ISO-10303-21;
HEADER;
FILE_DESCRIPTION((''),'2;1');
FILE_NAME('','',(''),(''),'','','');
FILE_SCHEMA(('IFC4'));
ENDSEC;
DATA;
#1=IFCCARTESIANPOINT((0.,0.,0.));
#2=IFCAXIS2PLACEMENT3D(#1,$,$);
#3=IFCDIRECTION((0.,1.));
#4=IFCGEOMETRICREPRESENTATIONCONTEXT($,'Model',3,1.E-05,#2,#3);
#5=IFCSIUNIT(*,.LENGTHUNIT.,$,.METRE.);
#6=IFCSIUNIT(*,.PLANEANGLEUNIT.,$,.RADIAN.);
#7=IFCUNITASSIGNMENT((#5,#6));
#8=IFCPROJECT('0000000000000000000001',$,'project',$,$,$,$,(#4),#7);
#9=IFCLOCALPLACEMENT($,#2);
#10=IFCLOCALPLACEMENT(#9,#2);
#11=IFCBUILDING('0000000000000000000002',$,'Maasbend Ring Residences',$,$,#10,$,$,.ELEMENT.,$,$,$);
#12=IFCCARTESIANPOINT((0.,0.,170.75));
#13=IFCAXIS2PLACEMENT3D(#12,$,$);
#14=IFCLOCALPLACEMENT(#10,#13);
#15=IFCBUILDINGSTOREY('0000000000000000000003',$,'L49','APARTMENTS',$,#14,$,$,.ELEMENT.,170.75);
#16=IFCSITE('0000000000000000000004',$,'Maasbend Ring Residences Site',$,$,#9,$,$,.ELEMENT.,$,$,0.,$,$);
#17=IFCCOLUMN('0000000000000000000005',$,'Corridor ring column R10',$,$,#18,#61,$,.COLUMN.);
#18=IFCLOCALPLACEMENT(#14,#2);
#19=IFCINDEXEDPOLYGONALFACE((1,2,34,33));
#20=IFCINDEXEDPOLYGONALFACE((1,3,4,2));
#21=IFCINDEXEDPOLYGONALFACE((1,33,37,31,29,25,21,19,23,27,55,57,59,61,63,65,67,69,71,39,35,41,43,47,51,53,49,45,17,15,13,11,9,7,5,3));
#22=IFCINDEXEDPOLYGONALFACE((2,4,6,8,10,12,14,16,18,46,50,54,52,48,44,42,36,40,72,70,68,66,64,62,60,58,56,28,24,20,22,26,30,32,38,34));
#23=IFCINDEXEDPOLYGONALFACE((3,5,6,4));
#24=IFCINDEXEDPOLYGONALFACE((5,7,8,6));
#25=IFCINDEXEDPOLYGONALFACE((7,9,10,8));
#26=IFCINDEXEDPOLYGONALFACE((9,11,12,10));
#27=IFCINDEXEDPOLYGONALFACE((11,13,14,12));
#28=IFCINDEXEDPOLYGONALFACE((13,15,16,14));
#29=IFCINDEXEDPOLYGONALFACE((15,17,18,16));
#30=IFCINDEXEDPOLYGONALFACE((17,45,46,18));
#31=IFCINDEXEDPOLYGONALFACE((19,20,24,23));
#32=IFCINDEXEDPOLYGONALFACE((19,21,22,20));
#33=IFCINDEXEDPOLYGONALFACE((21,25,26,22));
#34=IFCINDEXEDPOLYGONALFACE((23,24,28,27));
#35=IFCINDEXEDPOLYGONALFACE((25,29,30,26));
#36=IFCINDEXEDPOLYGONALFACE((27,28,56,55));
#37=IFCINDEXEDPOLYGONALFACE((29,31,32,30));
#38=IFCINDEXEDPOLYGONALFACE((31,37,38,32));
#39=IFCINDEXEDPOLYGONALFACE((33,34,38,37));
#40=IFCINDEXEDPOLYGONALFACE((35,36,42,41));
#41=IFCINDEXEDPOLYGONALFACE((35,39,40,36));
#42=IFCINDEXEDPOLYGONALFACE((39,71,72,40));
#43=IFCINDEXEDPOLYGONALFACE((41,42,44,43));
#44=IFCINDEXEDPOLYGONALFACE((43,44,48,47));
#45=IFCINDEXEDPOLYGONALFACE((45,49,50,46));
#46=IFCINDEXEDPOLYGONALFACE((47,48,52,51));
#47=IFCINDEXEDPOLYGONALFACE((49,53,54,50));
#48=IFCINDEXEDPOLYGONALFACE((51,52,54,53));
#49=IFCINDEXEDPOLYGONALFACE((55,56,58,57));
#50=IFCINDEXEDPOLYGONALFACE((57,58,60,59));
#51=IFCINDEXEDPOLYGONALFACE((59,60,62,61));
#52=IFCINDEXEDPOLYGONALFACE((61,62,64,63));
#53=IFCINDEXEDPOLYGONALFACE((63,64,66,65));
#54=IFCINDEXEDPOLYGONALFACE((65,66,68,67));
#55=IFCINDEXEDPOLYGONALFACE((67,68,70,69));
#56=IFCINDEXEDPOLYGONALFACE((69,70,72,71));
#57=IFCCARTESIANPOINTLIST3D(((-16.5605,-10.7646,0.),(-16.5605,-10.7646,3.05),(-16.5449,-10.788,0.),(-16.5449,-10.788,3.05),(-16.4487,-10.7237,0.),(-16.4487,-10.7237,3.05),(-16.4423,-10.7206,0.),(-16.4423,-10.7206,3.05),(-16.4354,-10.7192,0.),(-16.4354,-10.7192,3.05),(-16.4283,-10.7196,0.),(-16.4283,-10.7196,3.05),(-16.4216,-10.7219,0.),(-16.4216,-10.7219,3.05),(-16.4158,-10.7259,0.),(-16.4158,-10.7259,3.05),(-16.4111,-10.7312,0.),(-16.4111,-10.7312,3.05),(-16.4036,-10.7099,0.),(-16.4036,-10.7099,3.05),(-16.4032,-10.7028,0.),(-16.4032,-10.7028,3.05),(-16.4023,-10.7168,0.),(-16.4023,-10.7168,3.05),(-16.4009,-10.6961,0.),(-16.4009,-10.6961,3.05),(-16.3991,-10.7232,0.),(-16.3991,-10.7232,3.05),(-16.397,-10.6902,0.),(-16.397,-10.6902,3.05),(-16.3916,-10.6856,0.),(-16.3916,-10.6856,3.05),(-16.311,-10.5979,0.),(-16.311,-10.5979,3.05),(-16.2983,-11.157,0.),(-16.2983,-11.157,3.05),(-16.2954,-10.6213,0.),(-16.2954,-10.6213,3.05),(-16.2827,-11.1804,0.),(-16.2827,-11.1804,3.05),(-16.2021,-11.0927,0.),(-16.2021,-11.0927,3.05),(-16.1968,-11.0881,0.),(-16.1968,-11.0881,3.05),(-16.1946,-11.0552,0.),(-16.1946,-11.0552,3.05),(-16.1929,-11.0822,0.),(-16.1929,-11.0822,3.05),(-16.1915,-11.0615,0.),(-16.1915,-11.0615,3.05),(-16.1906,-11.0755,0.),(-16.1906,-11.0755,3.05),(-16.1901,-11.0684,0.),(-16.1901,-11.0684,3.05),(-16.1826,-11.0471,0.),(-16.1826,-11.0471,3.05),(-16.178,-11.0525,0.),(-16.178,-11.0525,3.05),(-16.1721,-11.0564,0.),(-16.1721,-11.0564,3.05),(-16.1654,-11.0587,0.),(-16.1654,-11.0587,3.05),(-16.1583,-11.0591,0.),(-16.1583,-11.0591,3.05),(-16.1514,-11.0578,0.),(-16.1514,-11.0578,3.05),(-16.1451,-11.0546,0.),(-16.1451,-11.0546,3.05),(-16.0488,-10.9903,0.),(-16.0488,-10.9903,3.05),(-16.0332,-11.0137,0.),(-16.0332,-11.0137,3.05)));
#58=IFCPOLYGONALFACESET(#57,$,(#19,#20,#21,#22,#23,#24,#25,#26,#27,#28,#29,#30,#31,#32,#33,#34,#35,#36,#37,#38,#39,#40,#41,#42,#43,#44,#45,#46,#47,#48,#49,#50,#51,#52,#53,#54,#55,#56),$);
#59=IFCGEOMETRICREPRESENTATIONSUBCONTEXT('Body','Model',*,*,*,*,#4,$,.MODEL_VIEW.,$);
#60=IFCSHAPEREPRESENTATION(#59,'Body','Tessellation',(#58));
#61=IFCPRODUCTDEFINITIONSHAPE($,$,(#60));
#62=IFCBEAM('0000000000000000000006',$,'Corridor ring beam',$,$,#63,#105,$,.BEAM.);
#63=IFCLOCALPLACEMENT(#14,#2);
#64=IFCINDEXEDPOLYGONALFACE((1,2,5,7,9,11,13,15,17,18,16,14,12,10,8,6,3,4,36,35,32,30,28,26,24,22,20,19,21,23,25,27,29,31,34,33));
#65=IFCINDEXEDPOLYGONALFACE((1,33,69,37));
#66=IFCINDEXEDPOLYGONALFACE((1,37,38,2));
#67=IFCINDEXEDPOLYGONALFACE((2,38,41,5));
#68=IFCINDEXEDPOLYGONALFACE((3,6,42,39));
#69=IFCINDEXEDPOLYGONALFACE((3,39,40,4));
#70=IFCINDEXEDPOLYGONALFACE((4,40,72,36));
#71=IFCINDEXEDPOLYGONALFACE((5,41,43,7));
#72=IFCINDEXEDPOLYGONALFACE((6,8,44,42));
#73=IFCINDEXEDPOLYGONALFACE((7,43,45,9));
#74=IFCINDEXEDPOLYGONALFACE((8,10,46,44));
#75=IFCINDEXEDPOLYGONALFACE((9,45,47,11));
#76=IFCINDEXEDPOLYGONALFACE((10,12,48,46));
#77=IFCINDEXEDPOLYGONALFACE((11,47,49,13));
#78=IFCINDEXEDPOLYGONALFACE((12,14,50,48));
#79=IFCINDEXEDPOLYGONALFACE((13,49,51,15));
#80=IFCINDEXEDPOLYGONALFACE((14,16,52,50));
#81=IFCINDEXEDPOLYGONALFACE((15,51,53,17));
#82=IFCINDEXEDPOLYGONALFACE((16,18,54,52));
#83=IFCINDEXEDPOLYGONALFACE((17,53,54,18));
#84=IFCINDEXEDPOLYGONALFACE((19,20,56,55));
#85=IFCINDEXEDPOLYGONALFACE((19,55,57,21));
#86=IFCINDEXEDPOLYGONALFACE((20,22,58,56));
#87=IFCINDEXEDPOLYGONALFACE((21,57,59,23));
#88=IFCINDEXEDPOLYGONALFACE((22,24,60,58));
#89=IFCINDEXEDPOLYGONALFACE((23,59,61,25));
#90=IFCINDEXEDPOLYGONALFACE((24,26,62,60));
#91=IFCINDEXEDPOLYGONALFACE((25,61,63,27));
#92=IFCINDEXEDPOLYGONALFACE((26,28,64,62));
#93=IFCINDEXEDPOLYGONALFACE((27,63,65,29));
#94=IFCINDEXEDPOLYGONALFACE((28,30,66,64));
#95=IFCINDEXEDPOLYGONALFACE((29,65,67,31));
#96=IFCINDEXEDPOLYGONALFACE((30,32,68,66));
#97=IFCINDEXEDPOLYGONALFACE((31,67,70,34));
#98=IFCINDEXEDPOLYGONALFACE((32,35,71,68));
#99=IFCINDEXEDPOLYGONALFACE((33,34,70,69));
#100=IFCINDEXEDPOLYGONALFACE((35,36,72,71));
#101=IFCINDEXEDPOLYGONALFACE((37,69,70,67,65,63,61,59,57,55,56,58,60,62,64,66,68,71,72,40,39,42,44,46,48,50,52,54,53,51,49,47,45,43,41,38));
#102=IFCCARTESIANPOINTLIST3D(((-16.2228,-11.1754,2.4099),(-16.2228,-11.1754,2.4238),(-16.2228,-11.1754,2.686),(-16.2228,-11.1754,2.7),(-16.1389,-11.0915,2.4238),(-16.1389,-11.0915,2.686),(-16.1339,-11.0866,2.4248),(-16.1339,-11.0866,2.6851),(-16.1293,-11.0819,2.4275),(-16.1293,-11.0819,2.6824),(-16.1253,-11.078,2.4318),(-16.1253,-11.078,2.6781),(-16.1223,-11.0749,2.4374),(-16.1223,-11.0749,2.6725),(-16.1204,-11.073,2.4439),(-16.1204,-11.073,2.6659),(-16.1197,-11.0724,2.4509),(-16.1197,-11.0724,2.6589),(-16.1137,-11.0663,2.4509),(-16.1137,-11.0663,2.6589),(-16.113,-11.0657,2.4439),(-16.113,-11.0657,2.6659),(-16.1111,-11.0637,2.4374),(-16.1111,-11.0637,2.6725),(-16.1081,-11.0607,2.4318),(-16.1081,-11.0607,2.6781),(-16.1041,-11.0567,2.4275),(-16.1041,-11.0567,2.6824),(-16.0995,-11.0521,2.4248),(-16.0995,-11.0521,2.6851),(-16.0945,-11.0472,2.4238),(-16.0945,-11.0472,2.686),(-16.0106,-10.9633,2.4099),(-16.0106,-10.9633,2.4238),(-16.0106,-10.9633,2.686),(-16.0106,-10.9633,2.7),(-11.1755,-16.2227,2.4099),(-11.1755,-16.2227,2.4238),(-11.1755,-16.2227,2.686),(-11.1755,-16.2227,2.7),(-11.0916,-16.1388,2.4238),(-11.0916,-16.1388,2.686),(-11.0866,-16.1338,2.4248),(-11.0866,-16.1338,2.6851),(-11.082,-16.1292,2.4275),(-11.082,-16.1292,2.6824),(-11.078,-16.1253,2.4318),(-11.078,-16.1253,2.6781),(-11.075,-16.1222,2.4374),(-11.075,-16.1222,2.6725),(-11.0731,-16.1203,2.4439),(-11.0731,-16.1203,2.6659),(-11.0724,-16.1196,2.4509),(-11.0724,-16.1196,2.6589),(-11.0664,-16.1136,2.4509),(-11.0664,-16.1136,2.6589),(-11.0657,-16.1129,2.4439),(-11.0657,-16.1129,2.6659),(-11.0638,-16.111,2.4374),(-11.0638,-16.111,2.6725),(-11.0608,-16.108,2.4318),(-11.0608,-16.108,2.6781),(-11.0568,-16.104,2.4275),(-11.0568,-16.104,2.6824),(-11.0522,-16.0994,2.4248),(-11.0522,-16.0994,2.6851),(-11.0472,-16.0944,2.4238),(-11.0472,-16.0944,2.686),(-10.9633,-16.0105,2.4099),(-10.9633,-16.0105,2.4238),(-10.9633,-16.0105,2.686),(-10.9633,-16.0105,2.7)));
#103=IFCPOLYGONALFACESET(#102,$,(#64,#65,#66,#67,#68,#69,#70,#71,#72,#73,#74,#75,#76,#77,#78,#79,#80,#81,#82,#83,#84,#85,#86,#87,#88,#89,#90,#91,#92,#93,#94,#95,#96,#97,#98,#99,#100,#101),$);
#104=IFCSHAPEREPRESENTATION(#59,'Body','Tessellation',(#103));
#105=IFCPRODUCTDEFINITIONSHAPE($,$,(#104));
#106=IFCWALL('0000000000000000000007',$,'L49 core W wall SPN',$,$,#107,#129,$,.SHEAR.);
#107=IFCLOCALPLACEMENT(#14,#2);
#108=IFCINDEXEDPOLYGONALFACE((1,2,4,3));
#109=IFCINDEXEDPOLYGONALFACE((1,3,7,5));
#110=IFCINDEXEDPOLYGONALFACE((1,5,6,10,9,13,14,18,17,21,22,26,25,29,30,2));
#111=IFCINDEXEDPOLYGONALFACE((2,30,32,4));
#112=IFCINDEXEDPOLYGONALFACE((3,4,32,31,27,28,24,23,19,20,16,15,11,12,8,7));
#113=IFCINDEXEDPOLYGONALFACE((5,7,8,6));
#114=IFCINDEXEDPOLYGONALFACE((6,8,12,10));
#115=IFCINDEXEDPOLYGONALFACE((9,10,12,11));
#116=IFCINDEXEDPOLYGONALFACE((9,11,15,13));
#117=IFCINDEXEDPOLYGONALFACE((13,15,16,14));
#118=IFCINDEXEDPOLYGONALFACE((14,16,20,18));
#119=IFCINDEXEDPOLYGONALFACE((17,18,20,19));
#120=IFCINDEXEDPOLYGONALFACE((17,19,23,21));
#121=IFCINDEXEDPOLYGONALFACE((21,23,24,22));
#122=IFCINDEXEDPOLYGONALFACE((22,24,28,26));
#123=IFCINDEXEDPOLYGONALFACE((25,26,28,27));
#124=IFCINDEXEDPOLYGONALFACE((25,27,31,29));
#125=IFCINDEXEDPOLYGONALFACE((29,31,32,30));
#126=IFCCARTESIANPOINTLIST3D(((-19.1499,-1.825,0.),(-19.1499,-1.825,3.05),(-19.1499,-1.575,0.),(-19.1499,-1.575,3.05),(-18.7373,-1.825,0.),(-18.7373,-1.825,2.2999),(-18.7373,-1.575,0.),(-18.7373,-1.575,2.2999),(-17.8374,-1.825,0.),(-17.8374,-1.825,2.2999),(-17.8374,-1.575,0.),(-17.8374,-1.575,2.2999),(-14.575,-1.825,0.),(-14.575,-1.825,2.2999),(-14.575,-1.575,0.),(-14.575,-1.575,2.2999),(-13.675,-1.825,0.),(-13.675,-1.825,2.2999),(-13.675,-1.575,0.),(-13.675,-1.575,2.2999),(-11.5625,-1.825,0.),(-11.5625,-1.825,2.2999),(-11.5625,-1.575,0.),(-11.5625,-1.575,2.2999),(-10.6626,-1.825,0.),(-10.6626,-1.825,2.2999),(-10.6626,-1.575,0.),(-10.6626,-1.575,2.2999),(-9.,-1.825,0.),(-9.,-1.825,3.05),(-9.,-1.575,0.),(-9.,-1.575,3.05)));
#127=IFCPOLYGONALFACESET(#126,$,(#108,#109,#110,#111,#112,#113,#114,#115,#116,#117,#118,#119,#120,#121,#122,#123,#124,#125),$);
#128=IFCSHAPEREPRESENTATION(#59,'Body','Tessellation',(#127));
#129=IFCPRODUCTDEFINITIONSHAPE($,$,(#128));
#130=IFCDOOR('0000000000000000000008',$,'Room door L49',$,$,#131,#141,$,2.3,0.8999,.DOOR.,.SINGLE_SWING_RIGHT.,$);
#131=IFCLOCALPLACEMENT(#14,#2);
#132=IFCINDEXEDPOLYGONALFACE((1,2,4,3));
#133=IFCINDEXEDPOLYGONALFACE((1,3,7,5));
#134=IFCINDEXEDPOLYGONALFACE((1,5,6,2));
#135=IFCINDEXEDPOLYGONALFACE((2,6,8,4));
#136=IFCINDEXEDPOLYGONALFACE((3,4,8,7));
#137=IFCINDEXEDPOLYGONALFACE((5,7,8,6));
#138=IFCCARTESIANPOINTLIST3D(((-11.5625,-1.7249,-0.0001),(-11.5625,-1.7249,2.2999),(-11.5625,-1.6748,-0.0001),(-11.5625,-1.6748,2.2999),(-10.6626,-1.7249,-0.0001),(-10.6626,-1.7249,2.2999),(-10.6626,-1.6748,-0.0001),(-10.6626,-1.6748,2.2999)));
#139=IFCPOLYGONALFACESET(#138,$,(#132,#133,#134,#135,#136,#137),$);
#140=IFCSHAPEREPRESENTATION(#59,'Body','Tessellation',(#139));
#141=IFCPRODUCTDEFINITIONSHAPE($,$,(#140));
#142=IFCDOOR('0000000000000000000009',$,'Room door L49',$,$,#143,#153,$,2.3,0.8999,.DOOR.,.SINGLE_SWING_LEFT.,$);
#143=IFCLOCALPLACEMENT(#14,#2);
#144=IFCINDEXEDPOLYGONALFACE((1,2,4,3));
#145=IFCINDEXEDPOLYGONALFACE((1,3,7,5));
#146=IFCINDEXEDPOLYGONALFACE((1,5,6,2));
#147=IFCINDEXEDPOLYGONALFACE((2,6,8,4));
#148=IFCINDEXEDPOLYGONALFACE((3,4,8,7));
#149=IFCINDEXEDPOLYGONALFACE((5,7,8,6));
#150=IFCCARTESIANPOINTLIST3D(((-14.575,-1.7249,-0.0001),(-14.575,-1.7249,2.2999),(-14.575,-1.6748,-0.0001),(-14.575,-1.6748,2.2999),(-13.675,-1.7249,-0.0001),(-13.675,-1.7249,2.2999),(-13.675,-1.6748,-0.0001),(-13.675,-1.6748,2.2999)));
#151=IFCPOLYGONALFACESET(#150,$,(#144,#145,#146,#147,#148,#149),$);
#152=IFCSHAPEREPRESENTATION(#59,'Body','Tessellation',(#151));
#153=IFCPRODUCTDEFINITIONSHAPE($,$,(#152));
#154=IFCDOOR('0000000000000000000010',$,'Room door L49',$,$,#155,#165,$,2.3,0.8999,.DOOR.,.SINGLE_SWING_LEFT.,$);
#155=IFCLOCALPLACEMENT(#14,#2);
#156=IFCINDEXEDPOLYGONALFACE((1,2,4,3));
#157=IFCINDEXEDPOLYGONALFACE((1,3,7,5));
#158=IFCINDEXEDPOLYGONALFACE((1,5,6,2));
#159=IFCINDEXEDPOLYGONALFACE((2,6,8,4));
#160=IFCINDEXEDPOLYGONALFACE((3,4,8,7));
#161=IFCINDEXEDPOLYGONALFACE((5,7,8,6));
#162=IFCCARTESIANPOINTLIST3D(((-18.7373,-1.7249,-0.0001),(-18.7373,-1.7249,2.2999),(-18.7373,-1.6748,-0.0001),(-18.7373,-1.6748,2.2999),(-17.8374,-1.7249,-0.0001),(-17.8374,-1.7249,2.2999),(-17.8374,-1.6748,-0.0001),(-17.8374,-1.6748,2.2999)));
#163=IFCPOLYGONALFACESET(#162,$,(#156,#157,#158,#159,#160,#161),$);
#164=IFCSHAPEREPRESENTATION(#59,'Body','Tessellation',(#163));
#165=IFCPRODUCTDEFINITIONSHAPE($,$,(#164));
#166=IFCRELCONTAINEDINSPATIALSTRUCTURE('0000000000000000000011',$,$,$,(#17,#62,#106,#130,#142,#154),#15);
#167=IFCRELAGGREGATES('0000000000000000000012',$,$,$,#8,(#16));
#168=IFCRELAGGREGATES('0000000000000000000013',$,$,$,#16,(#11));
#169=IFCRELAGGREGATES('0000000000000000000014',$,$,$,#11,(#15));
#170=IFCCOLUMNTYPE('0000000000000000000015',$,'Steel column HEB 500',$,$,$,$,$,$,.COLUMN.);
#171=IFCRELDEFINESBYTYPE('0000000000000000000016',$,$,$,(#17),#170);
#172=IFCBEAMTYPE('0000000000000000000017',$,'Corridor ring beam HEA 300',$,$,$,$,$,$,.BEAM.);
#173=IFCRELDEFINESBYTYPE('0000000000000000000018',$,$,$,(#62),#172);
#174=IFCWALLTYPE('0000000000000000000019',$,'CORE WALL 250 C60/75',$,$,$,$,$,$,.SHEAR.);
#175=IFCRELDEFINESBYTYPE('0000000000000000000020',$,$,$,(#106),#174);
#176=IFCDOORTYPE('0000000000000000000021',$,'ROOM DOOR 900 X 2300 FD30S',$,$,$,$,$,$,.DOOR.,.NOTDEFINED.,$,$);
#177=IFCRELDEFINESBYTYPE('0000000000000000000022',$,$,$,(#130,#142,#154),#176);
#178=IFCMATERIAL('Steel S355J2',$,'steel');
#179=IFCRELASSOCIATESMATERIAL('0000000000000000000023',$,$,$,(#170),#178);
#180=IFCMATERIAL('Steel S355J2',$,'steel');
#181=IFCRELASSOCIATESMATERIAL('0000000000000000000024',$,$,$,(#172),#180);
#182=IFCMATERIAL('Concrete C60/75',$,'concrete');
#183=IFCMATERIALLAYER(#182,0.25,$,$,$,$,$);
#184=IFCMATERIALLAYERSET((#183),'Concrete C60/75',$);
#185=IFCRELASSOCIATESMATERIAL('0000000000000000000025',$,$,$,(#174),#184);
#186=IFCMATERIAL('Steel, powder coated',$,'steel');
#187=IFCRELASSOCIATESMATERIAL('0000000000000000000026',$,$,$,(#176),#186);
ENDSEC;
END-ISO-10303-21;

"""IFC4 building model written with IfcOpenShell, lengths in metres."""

from ifc_helpers import new_model, si_unit, direction, frame, frame_2d, origin, origin_2d, place, context, subcontext, project, spatial, rectangle, i_section, extrude, material, layer, layer_set, material_profile, profile_set, type_object, element, fill, save


model = new_model("IFC4")

# Units and contexts
model_context = context("Model", 3, precision=1e-05, world=origin(), true_north=direction((0.0, 1.0)))
body_context = subcontext(model_context, "Body", "Model", "MODEL_VIEW")
ifc_project = project(units=[si_unit("LENGTHUNIT", "METRE"), si_unit("PLANEANGLEUNIT", "RADIAN")], contexts=[model_context])

# Site, building, storey
site_placement = place(None, origin())
site = spatial("IfcSite", under=ifc_project, at=site_placement, Name="Maasbend Ring Residences Site", CompositionType="ELEMENT", RefElevation=0.0)
building_placement = place(site_placement, origin())
building = spatial("IfcBuilding", under=site, at=building_placement, Name="Maasbend Ring Residences", CompositionType="ELEMENT")
storey_placement = place(building_placement, frame((0.0, 0.0, 170.75)))
storey = spatial("IfcBuildingStorey", under=building, at=storey_placement, Name="L49", Description="APARTMENTS", CompositionType="ELEMENT", Elevation=170.75)

# Column
ifc_material_1 = material(Name="Steel S355J2", Category="steel")
ifc_material_profile_1 = material_profile(ifc_material_1, i_section(OverallWidth=0.3, OverallDepth=0.5, WebThickness=0.0144, FlangeThickness=0.0281, FilletRadius=0.0271, at=origin_2d()), Name="HEB 500")
ifc_profile_set_1 = profile_set([ifc_material_profile_1], Name="Steel S355J2")
column_type = type_object("IfcColumnType", Name="Steel column HEB 500", PredefinedType="COLUMN", material=ifc_profile_set_1)
column_placement = place(storey_placement, frame((-16.2969, -10.8892, 0.0), z_axis=(0.0, 0.0, 1.0), x_axis=(-0.83147, -0.55557, 0.0)))
element("IfcColumn", 1, at=column_placement, inside=storey, type_object=column_type, Name="Corridor ring column R10", PredefinedType="COLUMN", context=body_context, shape_type="SweptSolid", body=[
    extrude(i_section(OverallWidth=0.3, OverallDepth=0.5, WebThickness=0.0144, FlangeThickness=0.0281, FilletRadius=0.0271, at=origin_2d()), origin(), (0.0, 0.0, 1.0), 3.05),
])

# Beam
ifc_material_2 = material(Name="Steel S355J2", Category="steel")
ifc_material_profile_2 = material_profile(ifc_material_2, i_section(OverallWidth=0.3, OverallDepth=0.29, WebThickness=0.0085, FlangeThickness=0.0139, FilletRadius=0.0271, at=origin_2d()), Name="HEA 300")
ifc_profile_set_2 = profile_set([ifc_material_profile_2], Name="Steel S355J2")
beam_type = type_object("IfcBeamType", Name="Corridor ring beam HEA 300", PredefinedType="BEAM", material=ifc_profile_set_2)
beam_placement = place(storey_placement, frame((-16.1167, -11.0693, 2.5549), z_axis=(0.707107, -0.707107, 0.0), x_axis=(0.707107, 0.707107, 0.0)))
element("IfcBeam", 2, at=beam_placement, inside=storey, type_object=beam_type, Name="Corridor ring beam", PredefinedType="BEAM", context=body_context, shape_type="SweptSolid", body=[
    extrude(i_section(OverallWidth=0.3, OverallDepth=0.29, WebThickness=0.0085, FlangeThickness=0.0139, FilletRadius=0.0271, at=origin_2d()), origin(), (0.0, 0.0, 1.0), 7.1379),
])

# Wall, openings, doors
ifc_material_3 = material(Name="Concrete C60/75", Category="concrete")
ifc_layer_1 = layer(ifc_material_3, 0.25)
ifc_layer_set_1 = layer_set([ifc_layer_1], Name="Concrete C60/75")
wall_type_1 = type_object("IfcWallType", Name="CORE WALL 250 C60/75", PredefinedType="SHEAR", material=ifc_layer_set_1)
wall_1_placement = place(storey_placement, frame((-9.0, -1.7, 0.0), z_axis=(0.0, 0.0, 1.0), x_axis=(-1.0, 0.0, 0.0)))
wall_1 = element("IfcWall", 3, at=wall_1_placement, inside=storey, type_object=wall_type_1, Name="L49 core W wall SPN", PredefinedType="SHEAR", context=body_context, shape_type="SweptSolid", body=[
    extrude(rectangle(XDim=10.1499, YDim=0.25, at=frame_2d((5.075, 0.0))), origin(), (0.0, 0.0, 1.0), 3.05),
])
opening_1_placement = place(wall_1_placement, frame((1.6626, 0.0, 0.0)))
opening_1 = element("IfcOpeningElement", 4, at=opening_1_placement, cuts=wall_1, PredefinedType="OPENING", context=body_context, shape_type="SweptSolid", body=[
    extrude(rectangle(XDim=0.8999, YDim=2.3, at=frame_2d((0.45, 1.1499))), frame((0.0, 0.135, 0.0), z_axis=(0.0, -1.0, 0.0), x_axis=(1.0, 0.0, 0.0)), (0.0, 0.0, 1.0), 0.27),
])
opening_2_placement = place(wall_1_placement, frame((4.675, 0.0, 0.0)))
opening_2 = element("IfcOpeningElement", 5, at=opening_2_placement, cuts=wall_1, PredefinedType="OPENING", context=body_context, shape_type="SweptSolid", body=[
    extrude(rectangle(XDim=0.8999, YDim=2.3, at=frame_2d((0.45, 1.1499))), frame((0.0, 0.135, 0.0), z_axis=(0.0, -1.0, 0.0), x_axis=(1.0, 0.0, 0.0)), (0.0, 0.0, 1.0), 0.27),
])
opening_3_placement = place(wall_1_placement, frame((8.8374, 0.0, 0.0)))
opening_3 = element("IfcOpeningElement", 6, at=opening_3_placement, cuts=wall_1, PredefinedType="OPENING", context=body_context, shape_type="SweptSolid", body=[
    extrude(rectangle(XDim=0.8999, YDim=2.3, at=frame_2d((0.45, 1.1499))), frame((0.0, 0.135, 0.0), z_axis=(0.0, -1.0, 0.0), x_axis=(1.0, 0.0, 0.0)), (0.0, 0.0, 1.0), 0.27),
])
ifc_material_4 = material(Name="Steel, powder coated", Category="steel")
door_type_1 = type_object("IfcDoorType", Name="ROOM DOOR 900 X 2300 FD30S", OperationType="NOTDEFINED", PredefinedType="DOOR", material=ifc_material_4)
door_1_placement = place(opening_1_placement, origin())
door_1 = element("IfcDoor", 7, at=door_1_placement, inside=storey, type_object=door_type_1, Name="Room door L49", OperationType="SINGLE_SWING_RIGHT", OverallHeight=2.3, OverallWidth=0.8999, PredefinedType="DOOR", context=body_context, shape_type="SweptSolid", body=[
    extrude(rectangle(XDim=0.8999, YDim=2.3, at=frame_2d((0.45, 1.1499))), frame((0.0, 0.0249, 0.0), z_axis=(0.0, -1.0, 0.0), x_axis=(1.0, 0.0, 0.0)), (0.0, 0.0, 1.0), 0.05),
])
fill(opening_1, door_1)
door_2_placement = place(opening_2_placement, origin())
door_2 = element("IfcDoor", 8, at=door_2_placement, inside=storey, type_object=door_type_1, Name="Room door L49", OperationType="SINGLE_SWING_LEFT", OverallHeight=2.3, OverallWidth=0.8999, PredefinedType="DOOR", context=body_context, shape_type="SweptSolid", body=[
    extrude(rectangle(XDim=0.8999, YDim=2.3, at=frame_2d((0.45, 1.1499))), frame((0.0, 0.0249, 0.0), z_axis=(0.0, -1.0, 0.0), x_axis=(1.0, 0.0, 0.0)), (0.0, 0.0, 1.0), 0.05),
])
fill(opening_2, door_2)
door_3_placement = place(opening_3_placement, origin())
door_3 = element("IfcDoor", 9, at=door_3_placement, inside=storey, type_object=door_type_1, Name="Room door L49", OperationType="SINGLE_SWING_LEFT", OverallHeight=2.3, OverallWidth=0.8999, PredefinedType="DOOR", context=body_context, shape_type="SweptSolid", body=[
    extrude(rectangle(XDim=0.8999, YDim=2.3, at=frame_2d((0.45, 1.1499))), frame((0.0, 0.0249, 0.0), z_axis=(0.0, -1.0, 0.0), x_axis=(1.0, 0.0, 0.0)), (0.0, 0.0, 1.0), 0.05),
])
fill(opening_3, door_3)

save(model, "model.ifc")
